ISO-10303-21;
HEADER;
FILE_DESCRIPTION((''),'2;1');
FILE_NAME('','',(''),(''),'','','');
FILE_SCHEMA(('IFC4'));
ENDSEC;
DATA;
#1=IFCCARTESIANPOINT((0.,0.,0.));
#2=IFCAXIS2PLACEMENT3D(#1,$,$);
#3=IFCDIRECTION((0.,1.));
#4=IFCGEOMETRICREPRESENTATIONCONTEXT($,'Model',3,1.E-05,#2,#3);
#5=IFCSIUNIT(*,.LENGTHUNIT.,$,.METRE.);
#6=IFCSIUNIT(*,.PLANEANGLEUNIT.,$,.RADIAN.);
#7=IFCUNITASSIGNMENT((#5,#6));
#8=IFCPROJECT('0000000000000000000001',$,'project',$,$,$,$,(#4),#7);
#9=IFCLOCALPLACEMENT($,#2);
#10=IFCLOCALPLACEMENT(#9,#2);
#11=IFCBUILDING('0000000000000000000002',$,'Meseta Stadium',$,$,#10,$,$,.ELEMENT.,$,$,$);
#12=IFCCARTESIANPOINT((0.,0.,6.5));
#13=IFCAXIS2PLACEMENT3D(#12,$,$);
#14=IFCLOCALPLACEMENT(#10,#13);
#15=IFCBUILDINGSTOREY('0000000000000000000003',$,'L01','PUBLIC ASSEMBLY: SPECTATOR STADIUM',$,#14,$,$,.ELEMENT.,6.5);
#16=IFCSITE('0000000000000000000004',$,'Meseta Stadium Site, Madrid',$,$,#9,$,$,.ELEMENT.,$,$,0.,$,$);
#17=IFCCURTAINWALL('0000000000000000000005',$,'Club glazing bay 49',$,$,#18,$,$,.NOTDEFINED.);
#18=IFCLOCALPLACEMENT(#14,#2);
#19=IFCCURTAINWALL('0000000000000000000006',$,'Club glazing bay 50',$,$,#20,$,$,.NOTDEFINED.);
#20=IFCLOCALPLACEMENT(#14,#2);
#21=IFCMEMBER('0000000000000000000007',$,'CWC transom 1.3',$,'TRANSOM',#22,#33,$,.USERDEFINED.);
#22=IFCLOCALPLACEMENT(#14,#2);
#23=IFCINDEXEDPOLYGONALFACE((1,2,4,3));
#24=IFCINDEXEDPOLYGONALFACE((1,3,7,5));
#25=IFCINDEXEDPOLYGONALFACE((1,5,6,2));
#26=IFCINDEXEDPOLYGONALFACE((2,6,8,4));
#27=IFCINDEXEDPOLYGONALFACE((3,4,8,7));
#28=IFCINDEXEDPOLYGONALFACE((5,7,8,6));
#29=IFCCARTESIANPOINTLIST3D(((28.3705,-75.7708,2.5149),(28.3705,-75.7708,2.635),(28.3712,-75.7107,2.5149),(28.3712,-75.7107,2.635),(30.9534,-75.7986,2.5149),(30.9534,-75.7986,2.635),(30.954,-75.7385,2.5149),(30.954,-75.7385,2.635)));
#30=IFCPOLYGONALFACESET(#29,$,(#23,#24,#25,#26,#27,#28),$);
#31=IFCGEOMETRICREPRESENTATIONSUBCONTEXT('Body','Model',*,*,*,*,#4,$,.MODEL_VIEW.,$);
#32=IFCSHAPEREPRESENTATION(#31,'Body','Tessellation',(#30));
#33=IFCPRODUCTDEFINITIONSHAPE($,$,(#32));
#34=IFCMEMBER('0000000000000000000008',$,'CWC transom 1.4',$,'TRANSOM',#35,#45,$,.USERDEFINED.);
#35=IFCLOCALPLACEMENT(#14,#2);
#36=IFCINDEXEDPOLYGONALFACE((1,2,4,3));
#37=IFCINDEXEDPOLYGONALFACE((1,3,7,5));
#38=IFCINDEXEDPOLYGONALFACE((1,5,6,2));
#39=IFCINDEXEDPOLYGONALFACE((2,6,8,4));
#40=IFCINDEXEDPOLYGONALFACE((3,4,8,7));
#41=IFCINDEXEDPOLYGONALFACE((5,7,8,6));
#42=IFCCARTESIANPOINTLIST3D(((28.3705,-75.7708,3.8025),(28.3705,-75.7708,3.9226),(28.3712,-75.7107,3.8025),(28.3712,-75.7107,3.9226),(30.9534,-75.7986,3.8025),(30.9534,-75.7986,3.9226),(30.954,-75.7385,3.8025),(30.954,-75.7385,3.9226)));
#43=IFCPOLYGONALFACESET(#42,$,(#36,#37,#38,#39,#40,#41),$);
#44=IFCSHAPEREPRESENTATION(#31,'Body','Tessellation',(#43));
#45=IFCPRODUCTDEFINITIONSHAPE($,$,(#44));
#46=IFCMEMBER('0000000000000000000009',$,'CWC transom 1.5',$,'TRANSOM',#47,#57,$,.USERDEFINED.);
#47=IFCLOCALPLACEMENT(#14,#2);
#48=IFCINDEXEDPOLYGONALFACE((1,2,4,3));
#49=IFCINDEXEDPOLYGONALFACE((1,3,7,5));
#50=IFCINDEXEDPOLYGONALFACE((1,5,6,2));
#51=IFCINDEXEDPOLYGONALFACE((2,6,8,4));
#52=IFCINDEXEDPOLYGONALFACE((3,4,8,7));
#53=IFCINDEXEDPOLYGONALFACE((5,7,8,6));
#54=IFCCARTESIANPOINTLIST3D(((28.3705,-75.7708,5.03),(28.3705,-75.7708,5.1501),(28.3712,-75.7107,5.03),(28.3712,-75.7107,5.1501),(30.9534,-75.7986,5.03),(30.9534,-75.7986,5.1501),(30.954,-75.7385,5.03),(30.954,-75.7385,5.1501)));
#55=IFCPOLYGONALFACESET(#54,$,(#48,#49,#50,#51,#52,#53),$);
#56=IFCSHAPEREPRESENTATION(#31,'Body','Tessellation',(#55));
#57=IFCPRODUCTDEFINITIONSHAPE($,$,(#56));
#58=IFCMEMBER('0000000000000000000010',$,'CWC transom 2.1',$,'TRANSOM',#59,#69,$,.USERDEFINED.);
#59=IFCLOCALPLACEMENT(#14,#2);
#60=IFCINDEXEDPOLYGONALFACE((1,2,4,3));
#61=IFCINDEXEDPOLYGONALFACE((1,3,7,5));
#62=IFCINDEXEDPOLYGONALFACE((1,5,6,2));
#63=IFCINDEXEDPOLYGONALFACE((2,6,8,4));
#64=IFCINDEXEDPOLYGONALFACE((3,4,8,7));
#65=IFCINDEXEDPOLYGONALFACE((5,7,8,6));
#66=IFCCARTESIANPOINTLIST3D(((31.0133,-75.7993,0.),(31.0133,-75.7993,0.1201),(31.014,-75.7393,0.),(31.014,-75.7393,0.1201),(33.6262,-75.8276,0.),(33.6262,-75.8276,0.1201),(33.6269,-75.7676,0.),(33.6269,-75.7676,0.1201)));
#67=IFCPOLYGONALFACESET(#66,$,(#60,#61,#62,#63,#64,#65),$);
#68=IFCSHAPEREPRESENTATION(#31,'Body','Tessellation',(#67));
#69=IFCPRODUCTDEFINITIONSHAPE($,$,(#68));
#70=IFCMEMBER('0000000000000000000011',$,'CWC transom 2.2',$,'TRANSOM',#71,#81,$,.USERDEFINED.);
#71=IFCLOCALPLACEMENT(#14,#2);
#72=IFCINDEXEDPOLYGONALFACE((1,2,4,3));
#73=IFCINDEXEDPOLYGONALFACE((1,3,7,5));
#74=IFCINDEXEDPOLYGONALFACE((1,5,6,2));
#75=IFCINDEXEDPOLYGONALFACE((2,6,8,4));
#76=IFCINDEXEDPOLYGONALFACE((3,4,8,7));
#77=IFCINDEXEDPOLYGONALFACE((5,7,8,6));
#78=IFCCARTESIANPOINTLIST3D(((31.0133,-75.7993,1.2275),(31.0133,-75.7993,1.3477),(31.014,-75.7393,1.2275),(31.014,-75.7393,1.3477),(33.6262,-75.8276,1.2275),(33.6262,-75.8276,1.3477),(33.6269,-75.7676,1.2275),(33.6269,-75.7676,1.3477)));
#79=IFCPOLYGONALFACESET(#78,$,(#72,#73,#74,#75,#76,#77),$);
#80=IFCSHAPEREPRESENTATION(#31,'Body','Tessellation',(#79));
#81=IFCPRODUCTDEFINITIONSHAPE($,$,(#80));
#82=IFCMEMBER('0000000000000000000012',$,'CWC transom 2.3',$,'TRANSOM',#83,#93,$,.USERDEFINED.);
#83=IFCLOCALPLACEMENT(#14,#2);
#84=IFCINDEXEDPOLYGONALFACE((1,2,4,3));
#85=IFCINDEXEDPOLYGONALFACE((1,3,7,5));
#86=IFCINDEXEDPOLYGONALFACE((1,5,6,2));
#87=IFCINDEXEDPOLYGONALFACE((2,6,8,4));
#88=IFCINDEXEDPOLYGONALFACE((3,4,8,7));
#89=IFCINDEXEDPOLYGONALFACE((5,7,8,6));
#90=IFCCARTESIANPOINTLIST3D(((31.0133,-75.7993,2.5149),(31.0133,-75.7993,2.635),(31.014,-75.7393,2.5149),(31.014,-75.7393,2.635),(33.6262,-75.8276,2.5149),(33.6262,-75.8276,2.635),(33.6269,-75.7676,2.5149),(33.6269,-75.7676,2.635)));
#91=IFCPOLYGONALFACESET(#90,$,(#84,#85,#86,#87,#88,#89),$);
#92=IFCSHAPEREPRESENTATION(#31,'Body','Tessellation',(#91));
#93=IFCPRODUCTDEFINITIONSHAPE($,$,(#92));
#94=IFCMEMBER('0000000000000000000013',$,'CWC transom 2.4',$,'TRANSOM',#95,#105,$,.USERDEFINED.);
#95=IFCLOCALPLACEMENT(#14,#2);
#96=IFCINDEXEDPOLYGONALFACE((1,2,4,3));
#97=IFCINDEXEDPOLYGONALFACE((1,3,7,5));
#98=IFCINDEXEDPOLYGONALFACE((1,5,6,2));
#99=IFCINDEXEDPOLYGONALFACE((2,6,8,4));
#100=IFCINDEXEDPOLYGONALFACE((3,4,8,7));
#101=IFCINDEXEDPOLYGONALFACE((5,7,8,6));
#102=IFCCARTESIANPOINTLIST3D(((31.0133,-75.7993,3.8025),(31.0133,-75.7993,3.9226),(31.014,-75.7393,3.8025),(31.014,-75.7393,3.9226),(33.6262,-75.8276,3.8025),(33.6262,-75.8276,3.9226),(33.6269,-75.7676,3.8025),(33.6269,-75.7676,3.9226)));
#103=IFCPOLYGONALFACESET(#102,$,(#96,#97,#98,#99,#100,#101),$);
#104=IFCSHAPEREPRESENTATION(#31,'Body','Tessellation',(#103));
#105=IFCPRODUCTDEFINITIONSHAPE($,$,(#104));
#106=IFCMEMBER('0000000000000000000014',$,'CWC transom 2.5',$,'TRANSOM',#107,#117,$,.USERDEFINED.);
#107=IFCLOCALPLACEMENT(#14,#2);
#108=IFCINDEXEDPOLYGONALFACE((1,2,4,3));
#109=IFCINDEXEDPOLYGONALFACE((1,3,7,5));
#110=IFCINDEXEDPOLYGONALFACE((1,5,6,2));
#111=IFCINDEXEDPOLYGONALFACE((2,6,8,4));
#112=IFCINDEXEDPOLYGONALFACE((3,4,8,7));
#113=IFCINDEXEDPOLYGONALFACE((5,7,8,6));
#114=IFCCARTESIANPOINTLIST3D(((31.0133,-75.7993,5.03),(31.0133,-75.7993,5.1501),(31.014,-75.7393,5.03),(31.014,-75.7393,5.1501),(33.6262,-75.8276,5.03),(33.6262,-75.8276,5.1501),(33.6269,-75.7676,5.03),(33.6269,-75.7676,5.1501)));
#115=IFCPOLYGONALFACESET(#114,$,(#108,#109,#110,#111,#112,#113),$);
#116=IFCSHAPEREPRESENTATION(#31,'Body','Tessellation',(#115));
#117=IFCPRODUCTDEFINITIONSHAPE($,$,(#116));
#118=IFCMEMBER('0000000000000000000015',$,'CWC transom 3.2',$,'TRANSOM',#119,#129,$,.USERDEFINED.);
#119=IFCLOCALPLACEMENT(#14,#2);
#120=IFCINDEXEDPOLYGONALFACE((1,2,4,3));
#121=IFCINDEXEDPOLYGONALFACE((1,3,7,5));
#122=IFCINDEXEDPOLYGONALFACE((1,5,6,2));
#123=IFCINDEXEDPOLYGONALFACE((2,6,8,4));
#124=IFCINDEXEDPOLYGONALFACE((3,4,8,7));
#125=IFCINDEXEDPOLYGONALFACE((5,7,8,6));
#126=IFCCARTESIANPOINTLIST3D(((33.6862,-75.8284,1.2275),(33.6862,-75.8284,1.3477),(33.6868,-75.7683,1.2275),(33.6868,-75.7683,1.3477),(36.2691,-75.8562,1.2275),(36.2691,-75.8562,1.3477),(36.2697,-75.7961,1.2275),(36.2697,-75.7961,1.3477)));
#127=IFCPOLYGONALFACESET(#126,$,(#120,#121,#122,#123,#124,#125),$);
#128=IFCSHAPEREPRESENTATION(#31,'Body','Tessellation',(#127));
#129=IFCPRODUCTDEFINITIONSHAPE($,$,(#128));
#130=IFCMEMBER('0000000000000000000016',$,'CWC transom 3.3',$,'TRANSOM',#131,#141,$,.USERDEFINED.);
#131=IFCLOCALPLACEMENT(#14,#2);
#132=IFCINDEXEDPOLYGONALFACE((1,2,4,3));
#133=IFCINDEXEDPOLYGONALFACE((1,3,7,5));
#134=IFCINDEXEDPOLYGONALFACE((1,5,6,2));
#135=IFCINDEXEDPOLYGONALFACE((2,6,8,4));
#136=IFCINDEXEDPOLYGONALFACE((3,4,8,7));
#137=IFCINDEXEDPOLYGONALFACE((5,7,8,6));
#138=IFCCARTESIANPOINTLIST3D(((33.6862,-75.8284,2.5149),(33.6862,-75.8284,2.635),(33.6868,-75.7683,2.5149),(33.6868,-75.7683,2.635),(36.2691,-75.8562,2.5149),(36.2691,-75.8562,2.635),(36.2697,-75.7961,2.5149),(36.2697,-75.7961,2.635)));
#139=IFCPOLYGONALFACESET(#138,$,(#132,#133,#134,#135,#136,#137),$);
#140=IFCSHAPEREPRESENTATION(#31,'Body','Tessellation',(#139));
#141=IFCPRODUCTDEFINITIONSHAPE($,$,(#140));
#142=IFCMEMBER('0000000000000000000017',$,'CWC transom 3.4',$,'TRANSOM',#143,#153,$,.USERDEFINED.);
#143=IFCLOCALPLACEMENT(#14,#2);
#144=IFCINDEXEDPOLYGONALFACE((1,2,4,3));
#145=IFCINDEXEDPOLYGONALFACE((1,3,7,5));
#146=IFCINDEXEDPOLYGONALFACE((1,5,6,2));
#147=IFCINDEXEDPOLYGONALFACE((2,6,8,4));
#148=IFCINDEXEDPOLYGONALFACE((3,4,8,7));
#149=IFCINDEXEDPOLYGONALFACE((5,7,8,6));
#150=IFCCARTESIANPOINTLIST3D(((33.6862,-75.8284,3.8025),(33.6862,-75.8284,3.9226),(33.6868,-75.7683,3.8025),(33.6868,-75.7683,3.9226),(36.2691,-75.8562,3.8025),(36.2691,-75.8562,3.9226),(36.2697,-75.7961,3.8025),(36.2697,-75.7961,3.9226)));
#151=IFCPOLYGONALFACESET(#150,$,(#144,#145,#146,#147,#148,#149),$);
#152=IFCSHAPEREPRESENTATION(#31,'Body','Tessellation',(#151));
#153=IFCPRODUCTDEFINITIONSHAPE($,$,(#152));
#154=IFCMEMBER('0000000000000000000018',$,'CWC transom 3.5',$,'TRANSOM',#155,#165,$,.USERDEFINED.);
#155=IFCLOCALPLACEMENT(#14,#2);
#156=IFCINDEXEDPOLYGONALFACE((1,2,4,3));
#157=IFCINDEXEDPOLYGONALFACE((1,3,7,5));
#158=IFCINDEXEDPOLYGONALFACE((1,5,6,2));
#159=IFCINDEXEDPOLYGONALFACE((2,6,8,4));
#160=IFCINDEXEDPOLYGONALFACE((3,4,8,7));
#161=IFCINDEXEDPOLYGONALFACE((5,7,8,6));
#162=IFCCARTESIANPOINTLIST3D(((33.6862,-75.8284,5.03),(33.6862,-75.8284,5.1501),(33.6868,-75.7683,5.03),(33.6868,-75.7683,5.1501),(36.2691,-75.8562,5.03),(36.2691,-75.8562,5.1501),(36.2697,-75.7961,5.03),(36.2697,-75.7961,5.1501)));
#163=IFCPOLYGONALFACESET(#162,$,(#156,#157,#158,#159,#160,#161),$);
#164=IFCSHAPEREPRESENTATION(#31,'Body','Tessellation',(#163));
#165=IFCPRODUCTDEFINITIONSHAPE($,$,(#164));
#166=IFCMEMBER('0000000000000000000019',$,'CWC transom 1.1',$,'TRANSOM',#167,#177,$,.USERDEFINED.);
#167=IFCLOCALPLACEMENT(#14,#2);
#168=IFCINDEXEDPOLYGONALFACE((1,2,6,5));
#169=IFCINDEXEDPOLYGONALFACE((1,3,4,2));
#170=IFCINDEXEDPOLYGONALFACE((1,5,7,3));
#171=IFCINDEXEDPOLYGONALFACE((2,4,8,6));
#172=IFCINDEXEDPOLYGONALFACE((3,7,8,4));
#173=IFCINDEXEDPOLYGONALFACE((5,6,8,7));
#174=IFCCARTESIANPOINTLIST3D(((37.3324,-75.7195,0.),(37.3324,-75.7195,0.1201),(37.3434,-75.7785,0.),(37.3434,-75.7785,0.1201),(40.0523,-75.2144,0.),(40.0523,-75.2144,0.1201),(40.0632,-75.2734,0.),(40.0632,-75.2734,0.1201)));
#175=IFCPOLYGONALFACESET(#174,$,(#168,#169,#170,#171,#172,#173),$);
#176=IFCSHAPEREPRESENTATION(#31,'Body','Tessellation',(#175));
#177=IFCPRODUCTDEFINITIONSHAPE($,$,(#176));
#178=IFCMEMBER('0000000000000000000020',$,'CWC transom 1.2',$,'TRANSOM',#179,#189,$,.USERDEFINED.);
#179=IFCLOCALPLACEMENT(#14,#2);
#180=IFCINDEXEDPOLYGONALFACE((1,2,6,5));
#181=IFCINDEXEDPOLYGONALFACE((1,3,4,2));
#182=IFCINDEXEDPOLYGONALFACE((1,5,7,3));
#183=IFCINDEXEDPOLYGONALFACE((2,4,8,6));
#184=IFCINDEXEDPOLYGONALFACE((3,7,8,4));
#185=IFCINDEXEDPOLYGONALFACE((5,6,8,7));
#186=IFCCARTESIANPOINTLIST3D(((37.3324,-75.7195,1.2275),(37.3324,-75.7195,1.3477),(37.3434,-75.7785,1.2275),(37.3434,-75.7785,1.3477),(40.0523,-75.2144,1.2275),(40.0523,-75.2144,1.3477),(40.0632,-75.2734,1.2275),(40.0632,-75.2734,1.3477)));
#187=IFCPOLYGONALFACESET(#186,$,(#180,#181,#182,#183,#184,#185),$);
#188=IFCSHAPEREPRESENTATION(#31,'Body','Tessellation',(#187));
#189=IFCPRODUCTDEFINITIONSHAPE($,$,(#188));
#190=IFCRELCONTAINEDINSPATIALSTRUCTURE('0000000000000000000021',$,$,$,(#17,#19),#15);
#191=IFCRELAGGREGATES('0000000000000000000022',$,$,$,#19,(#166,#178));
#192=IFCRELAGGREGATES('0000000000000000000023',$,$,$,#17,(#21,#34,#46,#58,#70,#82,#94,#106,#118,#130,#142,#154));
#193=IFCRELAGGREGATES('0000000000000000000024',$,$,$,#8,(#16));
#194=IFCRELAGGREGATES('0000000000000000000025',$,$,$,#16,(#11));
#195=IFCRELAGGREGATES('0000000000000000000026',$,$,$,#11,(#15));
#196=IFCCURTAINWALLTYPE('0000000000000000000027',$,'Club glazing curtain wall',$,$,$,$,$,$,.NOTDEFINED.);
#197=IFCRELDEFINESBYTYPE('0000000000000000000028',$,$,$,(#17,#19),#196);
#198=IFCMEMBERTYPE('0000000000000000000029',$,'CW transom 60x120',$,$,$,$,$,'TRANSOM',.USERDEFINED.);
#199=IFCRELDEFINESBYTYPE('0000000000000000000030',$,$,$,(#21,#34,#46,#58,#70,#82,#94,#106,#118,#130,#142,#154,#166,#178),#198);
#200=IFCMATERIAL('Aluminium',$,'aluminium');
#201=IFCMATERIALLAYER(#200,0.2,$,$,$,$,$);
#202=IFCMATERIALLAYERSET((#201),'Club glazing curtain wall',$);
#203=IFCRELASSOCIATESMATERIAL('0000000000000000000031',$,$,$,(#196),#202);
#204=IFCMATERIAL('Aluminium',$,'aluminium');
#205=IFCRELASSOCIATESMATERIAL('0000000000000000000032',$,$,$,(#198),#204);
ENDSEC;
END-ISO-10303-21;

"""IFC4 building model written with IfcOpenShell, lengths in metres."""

from ifc_helpers import new_model, si_unit, direction, frame, origin, origin_2d, place, context, subcontext, project, spatial, rectangle, extrude, material, layer, layer_set, material_profile, profile_set, type_object, element, aggregate, save


model = new_model("IFC4")

# Units and contexts
model_context = context("Model", 3, precision=1e-05, world=origin(), true_north=direction((0.0, 1.0)))
body_context = subcontext(model_context, "Body", "Model", "MODEL_VIEW")
ifc_project = project(units=[si_unit("LENGTHUNIT", "METRE"), si_unit("PLANEANGLEUNIT", "RADIAN")], contexts=[model_context])

# Site, building, storey
site_placement = place(None, origin())
site = spatial("IfcSite", under=ifc_project, at=site_placement, Name="Meseta Stadium Site, Madrid", CompositionType="ELEMENT", RefElevation=0.0)
building_placement = place(site_placement, origin())
building = spatial("IfcBuilding", under=site, at=building_placement, Name="Meseta Stadium", CompositionType="ELEMENT")
storey_placement = place(building_placement, frame((0.0, 0.0, 6.5)))
storey = spatial("IfcBuildingStorey", under=building, at=storey_placement, Name="L01", Description="PUBLIC ASSEMBLY: SPECTATOR STADIUM", CompositionType="ELEMENT", Elevation=6.5)

# Shared definitions
ifc_material_1 = material(Name="Aluminium", Category="aluminium")
ifc_layer_1 = layer(ifc_material_1, 0.2)
ifc_layer_set_1 = layer_set([ifc_layer_1], Name="Club glazing curtain wall")
curtain_wall_type = type_object("IfcCurtainWallType", Name="Club glazing curtain wall", PredefinedType="NOTDEFINED", material=ifc_layer_set_1)

# Curtain wall
curtain_wall_1_placement = place(storey_placement, origin())
curtain_wall_1 = element("IfcCurtainWall", 1, at=curtain_wall_1_placement, inside=storey, type_object=curtain_wall_type, Name="Club glazing bay 49", PredefinedType="NOTDEFINED")

# Curtain wall
curtain_wall_2_placement = place(storey_placement, origin())
curtain_wall_2 = element("IfcCurtainWall", 2, at=curtain_wall_2_placement, inside=storey, type_object=curtain_wall_type, Name="Club glazing bay 50", PredefinedType="NOTDEFINED")

# Members
ifc_material_2 = material(Name="Aluminium", Category="aluminium")
ifc_material_profile_1 = material_profile(ifc_material_2, rectangle(XDim=0.0601, YDim=0.1201, at=origin_2d()), Name="CW 60x120")
ifc_profile_set_1 = profile_set([ifc_material_profile_1], Name="Aluminium")
member_type_1 = type_object("IfcMemberType", Name="CW transom 60x120", ElementType="TRANSOM", PredefinedType="USERDEFINED", material=ifc_profile_set_1)
member_1_placement = place(storey_placement, frame((28.3708, -75.7407, 2.575), z_axis=(0.999942, -0.010775, 0.0), x_axis=(0.010775, 0.999942, 0.0)))
member_1 = element("IfcMember", 3, at=member_1_placement, type_object=member_type_1, Name="CWC transom 1.3", ObjectType="TRANSOM", PredefinedType="USERDEFINED", context=body_context, shape_type="SweptSolid", body=[
    extrude(rectangle(XDim=0.0601, YDim=0.1201, at=origin_2d()), origin(), (0.0, 0.0, 1.0), 2.583),
])
member_2_placement = place(storey_placement, frame((28.3708, -75.7407, 3.8625), z_axis=(0.999942, -0.010775, 0.0), x_axis=(0.010775, 0.999942, 0.0)))
member_2 = element("IfcMember", 4, at=member_2_placement, type_object=member_type_1, Name="CWC transom 1.4", ObjectType="TRANSOM", PredefinedType="USERDEFINED", context=body_context, shape_type="SweptSolid", body=[
    extrude(rectangle(XDim=0.0601, YDim=0.1201, at=origin_2d()), origin(), (0.0, 0.0, 1.0), 2.583),
])
member_3_placement = place(storey_placement, frame((28.3708, -75.7407, 5.0901), z_axis=(0.999942, -0.010775, 0.0), x_axis=(0.010775, 0.999942, 0.0)))
member_3 = element("IfcMember", 5, at=member_3_placement, type_object=member_type_1, Name="CWC transom 1.5", ObjectType="TRANSOM", PredefinedType="USERDEFINED", context=body_context, shape_type="SweptSolid", body=[
    extrude(rectangle(XDim=0.0601, YDim=0.1201, at=origin_2d()), origin(), (0.0, 0.0, 1.0), 2.583),
])
member_4_placement = place(storey_placement, frame((31.0137, -75.7693, 0.0601), z_axis=(0.999941, -0.010838, 0.0), x_axis=(0.010838, 0.999941, 0.0)))
member_4 = element("IfcMember", 6, at=member_4_placement, type_object=member_type_1, Name="CWC transom 2.1", ObjectType="TRANSOM", PredefinedType="USERDEFINED", context=body_context, shape_type="SweptSolid", body=[
    extrude(rectangle(XDim=0.0601, YDim=0.1201, at=origin_2d()), origin(), (0.0, 0.0, 1.0), 2.613),
])
member_5_placement = place(storey_placement, frame((31.0137, -75.7693, 1.2876), z_axis=(0.999941, -0.010838, 0.0), x_axis=(0.010838, 0.999941, 0.0)))
member_5 = element("IfcMember", 7, at=member_5_placement, type_object=member_type_1, Name="CWC transom 2.2", ObjectType="TRANSOM", PredefinedType="USERDEFINED", context=body_context, shape_type="SweptSolid", body=[
    extrude(rectangle(XDim=0.0601, YDim=0.1201, at=origin_2d()), origin(), (0.0, 0.0, 1.0), 2.613),
])
member_6_placement = place(storey_placement, frame((31.0137, -75.7693, 2.575), z_axis=(0.999941, -0.010838, 0.0), x_axis=(0.010838, 0.999941, 0.0)))
member_6 = element("IfcMember", 8, at=member_6_placement, type_object=member_type_1, Name="CWC transom 2.3", ObjectType="TRANSOM", PredefinedType="USERDEFINED", context=body_context, shape_type="SweptSolid", body=[
    extrude(rectangle(XDim=0.0601, YDim=0.1201, at=origin_2d()), origin(), (0.0, 0.0, 1.0), 2.613),
])
member_7_placement = place(storey_placement, frame((31.0137, -75.7693, 3.8625), z_axis=(0.999941, -0.010838, 0.0), x_axis=(0.010838, 0.999941, 0.0)))
member_7 = element("IfcMember", 9, at=member_7_placement, type_object=member_type_1, Name="CWC transom 2.4", ObjectType="TRANSOM", PredefinedType="USERDEFINED", context=body_context, shape_type="SweptSolid", body=[
    extrude(rectangle(XDim=0.0601, YDim=0.1201, at=origin_2d()), origin(), (0.0, 0.0, 1.0), 2.613),
])
member_8_placement = place(storey_placement, frame((31.0137, -75.7693, 5.0901), z_axis=(0.999941, -0.010838, 0.0), x_axis=(0.010838, 0.999941, 0.0)))
member_8 = element("IfcMember", 10, at=member_8_placement, type_object=member_type_1, Name="CWC transom 2.5", ObjectType="TRANSOM", PredefinedType="USERDEFINED", context=body_context, shape_type="SweptSolid", body=[
    extrude(rectangle(XDim=0.0601, YDim=0.1201, at=origin_2d()), origin(), (0.0, 0.0, 1.0), 2.613),
])
member_9_placement = place(storey_placement, frame((33.6865, -75.7983, 1.2876), z_axis=(0.999942, -0.010775, 0.0), x_axis=(0.010775, 0.999942, 0.0)))
member_9 = element("IfcMember", 11, at=member_9_placement, type_object=member_type_1, Name="CWC transom 3.2", ObjectType="TRANSOM", PredefinedType="USERDEFINED", context=body_context, shape_type="SweptSolid", body=[
    extrude(rectangle(XDim=0.0601, YDim=0.1201, at=origin_2d()), origin(), (0.0, 0.0, 1.0), 2.583),
])
member_10_placement = place(storey_placement, frame((33.6865, -75.7983, 2.575), z_axis=(0.999942, -0.010775, 0.0), x_axis=(0.010775, 0.999942, 0.0)))
member_10 = element("IfcMember", 12, at=member_10_placement, type_object=member_type_1, Name="CWC transom 3.3", ObjectType="TRANSOM", PredefinedType="USERDEFINED", context=body_context, shape_type="SweptSolid", body=[
    extrude(rectangle(XDim=0.0601, YDim=0.1201, at=origin_2d()), origin(), (0.0, 0.0, 1.0), 2.583),
])
member_11_placement = place(storey_placement, frame((33.6865, -75.7983, 3.8625), z_axis=(0.999942, -0.010775, 0.0), x_axis=(0.010775, 0.999942, 0.0)))
member_11 = element("IfcMember", 13, at=member_11_placement, type_object=member_type_1, Name="CWC transom 3.4", ObjectType="TRANSOM", PredefinedType="USERDEFINED", context=body_context, shape_type="SweptSolid", body=[
    extrude(rectangle(XDim=0.0601, YDim=0.1201, at=origin_2d()), origin(), (0.0, 0.0, 1.0), 2.583),
])
member_12_placement = place(storey_placement, frame((33.6865, -75.7983, 5.0901), z_axis=(0.999942, -0.010775, 0.0), x_axis=(0.010775, 0.999942, 0.0)))
member_12 = element("IfcMember", 14, at=member_12_placement, type_object=member_type_1, Name="CWC transom 3.5", ObjectType="TRANSOM", PredefinedType="USERDEFINED", context=body_context, shape_type="SweptSolid", body=[
    extrude(rectangle(XDim=0.0601, YDim=0.1201, at=origin_2d()), origin(), (0.0, 0.0, 1.0), 2.583),
])
member_13_placement = place(storey_placement, frame((37.3379, -75.749, 0.0601), z_axis=(0.983186, 0.182604, 0.0), x_axis=(-0.182604, 0.983186, 0.0)))
member_13 = element("IfcMember", 15, at=member_13_placement, type_object=member_type_1, Name="CWC transom 1.1", ObjectType="TRANSOM", PredefinedType="USERDEFINED", context=body_context, shape_type="SweptSolid", body=[
    extrude(rectangle(XDim=0.0601, YDim=0.1201, at=origin_2d()), origin(), (0.0, 0.0, 1.0), 2.7664),
])
member_14_placement = place(storey_placement, frame((37.3379, -75.749, 1.2876), z_axis=(0.983186, 0.182604, 0.0), x_axis=(-0.182604, 0.983186, 0.0)))
member_14 = element("IfcMember", 16, at=member_14_placement, type_object=member_type_1, Name="CWC transom 1.2", ObjectType="TRANSOM", PredefinedType="USERDEFINED", context=body_context, shape_type="SweptSolid", body=[
    extrude(rectangle(XDim=0.0601, YDim=0.1201, at=origin_2d()), origin(), (0.0, 0.0, 1.0), 2.7664),
])
aggregate(curtain_wall_2, [member_13, member_14])

aggregate(curtain_wall_1, [member_1, member_2, member_3, member_4, member_5, member_6, member_7, member_8, member_9, member_10, member_11, member_12])

save(model, "model.ifc")
